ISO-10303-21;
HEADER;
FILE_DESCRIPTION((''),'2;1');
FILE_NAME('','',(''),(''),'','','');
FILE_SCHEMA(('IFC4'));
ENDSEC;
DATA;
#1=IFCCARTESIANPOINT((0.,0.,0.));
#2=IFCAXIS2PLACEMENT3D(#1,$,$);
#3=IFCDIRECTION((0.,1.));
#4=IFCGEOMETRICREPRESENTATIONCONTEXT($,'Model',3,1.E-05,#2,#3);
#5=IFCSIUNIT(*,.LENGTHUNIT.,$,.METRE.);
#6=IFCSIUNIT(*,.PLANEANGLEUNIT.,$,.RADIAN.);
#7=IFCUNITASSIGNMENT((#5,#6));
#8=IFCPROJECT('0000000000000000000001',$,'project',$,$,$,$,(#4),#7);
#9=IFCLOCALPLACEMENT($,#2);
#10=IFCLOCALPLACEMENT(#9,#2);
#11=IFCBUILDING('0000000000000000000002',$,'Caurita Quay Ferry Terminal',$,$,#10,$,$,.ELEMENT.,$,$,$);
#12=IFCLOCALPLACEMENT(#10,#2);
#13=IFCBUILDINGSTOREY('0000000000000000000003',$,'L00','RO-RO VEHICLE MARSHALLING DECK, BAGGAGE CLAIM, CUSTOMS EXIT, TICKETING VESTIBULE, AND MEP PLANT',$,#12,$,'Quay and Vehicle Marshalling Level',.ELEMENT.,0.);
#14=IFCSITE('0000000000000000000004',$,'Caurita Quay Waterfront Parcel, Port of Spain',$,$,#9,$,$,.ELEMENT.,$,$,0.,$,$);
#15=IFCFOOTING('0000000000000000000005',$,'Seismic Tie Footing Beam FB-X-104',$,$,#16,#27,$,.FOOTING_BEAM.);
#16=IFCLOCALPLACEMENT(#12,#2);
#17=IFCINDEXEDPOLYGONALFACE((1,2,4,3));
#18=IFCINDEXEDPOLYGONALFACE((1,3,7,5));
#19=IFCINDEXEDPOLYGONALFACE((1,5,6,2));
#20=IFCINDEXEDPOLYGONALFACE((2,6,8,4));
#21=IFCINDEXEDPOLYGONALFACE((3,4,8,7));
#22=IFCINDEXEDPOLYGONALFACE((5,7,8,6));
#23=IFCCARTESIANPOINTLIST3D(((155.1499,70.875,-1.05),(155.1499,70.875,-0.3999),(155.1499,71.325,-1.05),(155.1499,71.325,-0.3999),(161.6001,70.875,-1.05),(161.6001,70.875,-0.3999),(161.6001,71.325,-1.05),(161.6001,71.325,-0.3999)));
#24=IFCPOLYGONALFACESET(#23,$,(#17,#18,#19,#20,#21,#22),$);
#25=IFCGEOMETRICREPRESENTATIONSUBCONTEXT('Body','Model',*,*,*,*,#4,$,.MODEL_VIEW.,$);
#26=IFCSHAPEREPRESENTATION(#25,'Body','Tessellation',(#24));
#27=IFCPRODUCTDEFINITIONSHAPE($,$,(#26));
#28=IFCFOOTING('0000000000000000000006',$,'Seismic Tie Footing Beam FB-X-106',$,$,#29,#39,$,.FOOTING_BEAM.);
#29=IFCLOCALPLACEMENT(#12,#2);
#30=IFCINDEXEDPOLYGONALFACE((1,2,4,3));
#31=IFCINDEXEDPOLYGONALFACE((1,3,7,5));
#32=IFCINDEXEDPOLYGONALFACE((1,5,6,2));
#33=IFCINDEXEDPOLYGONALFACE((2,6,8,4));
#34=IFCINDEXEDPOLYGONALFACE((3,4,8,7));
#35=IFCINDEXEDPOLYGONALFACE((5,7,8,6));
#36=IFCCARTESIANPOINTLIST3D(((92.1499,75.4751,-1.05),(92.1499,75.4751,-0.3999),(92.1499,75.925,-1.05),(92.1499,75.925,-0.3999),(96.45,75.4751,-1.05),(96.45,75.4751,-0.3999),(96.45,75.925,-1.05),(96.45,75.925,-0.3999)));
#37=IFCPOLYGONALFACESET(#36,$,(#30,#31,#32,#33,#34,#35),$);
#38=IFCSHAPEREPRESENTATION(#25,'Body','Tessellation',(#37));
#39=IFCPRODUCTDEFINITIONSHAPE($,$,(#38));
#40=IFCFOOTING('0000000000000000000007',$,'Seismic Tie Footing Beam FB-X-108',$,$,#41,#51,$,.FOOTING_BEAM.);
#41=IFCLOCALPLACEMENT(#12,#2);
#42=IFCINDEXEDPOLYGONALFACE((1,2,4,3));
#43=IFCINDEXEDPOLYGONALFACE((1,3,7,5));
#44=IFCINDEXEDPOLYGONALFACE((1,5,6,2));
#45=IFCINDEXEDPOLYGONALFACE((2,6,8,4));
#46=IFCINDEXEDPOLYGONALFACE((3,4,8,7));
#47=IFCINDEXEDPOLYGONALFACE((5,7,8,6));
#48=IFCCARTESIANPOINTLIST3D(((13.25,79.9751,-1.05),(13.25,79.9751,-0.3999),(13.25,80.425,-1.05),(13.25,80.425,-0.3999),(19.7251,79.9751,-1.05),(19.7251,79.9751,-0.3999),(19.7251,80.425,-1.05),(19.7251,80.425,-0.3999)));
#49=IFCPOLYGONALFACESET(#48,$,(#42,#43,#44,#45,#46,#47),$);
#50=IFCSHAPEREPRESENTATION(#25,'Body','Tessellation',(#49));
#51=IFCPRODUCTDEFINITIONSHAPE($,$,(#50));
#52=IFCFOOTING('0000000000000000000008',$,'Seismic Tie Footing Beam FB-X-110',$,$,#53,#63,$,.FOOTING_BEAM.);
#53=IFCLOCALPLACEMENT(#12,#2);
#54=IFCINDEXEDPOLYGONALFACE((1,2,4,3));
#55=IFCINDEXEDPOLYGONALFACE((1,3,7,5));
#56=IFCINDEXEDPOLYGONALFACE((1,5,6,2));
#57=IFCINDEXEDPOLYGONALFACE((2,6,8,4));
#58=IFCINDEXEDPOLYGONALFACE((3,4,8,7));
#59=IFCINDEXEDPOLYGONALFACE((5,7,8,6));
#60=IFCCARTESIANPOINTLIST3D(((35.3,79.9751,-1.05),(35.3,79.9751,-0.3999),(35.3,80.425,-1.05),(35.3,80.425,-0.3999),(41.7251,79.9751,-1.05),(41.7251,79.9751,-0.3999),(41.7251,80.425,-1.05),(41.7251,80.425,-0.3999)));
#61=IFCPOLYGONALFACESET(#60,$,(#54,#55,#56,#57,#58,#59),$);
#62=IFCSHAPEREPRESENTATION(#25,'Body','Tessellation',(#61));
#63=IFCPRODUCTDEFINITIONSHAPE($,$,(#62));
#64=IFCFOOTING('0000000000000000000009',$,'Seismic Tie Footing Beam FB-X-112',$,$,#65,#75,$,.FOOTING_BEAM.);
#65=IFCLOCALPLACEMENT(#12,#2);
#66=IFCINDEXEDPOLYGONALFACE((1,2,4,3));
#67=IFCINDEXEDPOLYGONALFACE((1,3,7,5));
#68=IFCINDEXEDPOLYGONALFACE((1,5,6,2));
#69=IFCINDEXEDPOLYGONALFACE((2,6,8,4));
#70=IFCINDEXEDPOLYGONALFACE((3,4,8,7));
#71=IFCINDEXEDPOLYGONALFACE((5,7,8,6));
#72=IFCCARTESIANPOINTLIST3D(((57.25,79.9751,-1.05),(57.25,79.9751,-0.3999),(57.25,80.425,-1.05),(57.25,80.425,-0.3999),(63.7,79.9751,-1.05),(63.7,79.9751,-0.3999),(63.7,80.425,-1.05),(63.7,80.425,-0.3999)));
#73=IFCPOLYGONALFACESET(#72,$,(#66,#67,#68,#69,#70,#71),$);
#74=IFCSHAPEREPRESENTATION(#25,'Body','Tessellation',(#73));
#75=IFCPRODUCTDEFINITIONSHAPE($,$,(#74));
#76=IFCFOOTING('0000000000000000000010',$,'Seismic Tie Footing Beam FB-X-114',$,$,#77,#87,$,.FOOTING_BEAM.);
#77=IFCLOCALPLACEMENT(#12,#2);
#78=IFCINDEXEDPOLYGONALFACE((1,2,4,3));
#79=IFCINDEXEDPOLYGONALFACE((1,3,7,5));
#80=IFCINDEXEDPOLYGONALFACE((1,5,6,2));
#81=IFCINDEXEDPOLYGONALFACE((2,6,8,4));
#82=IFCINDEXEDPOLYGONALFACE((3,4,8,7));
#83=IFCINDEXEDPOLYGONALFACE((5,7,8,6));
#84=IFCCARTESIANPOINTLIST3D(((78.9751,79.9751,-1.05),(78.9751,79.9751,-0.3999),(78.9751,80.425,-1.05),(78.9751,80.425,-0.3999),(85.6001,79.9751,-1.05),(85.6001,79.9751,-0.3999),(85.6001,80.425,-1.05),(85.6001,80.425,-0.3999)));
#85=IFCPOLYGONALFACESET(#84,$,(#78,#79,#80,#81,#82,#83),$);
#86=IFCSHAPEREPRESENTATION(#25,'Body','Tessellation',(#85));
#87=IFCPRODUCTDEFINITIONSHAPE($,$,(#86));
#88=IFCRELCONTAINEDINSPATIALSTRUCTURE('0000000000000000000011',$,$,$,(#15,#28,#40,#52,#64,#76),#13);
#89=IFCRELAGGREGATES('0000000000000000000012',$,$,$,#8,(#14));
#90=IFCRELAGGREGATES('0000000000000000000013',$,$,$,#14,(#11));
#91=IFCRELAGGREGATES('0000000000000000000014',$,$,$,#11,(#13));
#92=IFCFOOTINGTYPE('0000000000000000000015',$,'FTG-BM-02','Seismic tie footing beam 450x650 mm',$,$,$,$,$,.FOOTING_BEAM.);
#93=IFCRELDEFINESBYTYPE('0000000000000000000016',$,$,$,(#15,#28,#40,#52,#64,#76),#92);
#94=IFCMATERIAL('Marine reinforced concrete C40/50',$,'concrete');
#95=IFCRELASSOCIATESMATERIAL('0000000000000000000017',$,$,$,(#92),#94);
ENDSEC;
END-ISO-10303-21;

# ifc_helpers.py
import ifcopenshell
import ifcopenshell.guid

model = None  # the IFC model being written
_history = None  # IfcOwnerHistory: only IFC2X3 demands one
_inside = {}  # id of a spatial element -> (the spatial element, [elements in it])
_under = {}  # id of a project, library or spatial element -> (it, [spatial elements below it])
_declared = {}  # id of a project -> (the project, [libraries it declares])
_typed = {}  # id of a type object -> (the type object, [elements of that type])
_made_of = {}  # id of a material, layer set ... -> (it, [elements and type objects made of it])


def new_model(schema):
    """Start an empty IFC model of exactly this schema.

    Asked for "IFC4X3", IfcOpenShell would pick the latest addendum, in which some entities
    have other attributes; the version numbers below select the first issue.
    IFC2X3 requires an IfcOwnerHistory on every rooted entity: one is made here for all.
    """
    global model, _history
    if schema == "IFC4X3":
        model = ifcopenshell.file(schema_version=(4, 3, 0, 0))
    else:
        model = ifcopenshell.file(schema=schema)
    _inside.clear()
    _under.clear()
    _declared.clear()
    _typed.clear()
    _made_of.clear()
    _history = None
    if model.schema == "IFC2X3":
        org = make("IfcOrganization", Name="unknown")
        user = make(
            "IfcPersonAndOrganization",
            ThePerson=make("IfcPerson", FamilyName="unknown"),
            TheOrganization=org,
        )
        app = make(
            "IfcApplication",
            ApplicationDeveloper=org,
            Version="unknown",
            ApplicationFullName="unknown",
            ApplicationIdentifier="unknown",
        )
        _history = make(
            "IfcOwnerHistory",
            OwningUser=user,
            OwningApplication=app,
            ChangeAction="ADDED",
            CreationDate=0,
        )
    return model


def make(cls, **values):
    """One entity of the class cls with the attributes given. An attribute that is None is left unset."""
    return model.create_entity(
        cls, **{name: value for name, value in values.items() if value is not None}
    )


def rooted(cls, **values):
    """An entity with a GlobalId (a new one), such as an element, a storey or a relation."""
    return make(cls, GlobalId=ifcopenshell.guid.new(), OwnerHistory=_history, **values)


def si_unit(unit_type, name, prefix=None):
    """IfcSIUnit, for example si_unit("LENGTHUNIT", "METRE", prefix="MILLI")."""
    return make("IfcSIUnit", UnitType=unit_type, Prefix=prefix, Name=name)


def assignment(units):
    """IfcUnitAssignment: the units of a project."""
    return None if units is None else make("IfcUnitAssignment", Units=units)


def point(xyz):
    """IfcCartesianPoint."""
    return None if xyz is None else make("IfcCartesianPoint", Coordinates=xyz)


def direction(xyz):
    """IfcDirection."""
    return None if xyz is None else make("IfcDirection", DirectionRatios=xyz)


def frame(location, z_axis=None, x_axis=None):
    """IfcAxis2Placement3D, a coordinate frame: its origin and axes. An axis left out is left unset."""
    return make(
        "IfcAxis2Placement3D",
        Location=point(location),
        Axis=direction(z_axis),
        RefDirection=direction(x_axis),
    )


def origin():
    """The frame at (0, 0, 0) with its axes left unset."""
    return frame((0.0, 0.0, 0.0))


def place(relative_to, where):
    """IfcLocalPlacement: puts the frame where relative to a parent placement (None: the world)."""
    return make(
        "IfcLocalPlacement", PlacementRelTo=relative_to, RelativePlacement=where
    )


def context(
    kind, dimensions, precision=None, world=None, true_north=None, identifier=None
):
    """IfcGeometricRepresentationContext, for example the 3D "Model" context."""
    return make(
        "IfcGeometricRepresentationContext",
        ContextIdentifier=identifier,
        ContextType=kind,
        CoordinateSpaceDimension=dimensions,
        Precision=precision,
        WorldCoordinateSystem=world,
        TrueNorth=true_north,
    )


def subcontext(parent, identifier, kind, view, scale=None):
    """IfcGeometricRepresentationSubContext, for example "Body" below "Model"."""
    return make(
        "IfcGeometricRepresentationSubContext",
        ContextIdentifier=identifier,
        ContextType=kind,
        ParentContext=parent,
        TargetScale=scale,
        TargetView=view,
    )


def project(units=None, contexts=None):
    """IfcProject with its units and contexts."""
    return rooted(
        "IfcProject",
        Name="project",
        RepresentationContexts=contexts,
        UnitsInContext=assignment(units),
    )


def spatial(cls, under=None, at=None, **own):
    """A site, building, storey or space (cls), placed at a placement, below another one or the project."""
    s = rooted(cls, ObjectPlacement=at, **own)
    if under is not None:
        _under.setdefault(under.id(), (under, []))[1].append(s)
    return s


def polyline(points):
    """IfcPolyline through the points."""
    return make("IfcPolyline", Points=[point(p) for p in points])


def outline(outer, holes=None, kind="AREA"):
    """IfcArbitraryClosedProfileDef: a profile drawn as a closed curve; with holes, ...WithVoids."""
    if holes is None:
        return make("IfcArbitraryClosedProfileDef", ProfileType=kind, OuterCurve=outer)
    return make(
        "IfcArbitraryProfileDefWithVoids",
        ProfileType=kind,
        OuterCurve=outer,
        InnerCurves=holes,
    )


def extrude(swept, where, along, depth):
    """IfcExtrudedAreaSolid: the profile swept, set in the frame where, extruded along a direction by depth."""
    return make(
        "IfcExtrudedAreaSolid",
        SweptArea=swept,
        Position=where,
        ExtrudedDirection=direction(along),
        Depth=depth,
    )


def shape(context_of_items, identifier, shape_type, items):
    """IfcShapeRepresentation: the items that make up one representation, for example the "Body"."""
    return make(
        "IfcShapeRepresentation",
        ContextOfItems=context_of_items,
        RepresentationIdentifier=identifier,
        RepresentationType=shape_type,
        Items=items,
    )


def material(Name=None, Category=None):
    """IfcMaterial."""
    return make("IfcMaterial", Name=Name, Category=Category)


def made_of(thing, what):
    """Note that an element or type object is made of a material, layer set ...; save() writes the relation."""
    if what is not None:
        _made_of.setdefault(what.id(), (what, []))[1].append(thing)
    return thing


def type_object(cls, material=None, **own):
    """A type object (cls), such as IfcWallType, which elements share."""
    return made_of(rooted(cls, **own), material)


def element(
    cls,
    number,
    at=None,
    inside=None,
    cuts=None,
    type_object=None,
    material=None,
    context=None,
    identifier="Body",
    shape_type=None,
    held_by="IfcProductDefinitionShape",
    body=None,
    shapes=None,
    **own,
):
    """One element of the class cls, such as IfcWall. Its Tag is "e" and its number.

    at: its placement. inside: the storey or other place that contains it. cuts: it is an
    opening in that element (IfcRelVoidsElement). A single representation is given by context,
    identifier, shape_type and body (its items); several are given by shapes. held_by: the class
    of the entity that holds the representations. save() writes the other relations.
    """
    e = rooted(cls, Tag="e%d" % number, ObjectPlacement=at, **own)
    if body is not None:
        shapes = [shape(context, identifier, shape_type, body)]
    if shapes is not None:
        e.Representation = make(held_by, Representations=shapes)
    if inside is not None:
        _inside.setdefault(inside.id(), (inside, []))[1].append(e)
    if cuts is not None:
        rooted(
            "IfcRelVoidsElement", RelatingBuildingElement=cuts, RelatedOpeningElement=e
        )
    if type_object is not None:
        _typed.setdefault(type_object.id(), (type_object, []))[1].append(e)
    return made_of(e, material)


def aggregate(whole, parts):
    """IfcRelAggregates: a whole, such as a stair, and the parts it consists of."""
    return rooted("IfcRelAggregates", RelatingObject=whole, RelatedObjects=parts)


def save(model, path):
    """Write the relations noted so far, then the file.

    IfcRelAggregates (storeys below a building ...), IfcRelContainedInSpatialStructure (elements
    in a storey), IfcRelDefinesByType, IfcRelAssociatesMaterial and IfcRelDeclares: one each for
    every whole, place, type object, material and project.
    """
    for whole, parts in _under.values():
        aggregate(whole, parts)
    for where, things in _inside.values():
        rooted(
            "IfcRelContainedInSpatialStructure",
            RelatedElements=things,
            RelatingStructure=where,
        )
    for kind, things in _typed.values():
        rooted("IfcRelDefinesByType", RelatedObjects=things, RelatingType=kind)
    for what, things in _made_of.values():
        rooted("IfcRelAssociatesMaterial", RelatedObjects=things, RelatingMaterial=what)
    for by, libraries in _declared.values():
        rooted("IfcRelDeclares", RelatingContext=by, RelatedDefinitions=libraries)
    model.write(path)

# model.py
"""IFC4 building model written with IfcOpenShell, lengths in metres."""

from ifc_helpers import new_model, si_unit, direction, frame, origin, place, context, subcontext, project, spatial, polyline, outline, extrude, material, type_object, element, save


model = new_model("IFC4")

# Units and contexts
model_context = context("Model", 3, precision=1e-05, world=origin(), true_north=direction((0.0, 1.0)))
body_context = subcontext(model_context, "Body", "Model", "MODEL_VIEW")
ifc_project = project(units=[si_unit("LENGTHUNIT", "METRE"), si_unit("PLANEANGLEUNIT", "RADIAN")], contexts=[model_context])

# Site, building, storey
site_placement = place(None, origin())
site = spatial("IfcSite", under=ifc_project, at=site_placement, Name="Caurita Quay Waterfront Parcel, Port of Spain", CompositionType="ELEMENT", RefElevation=0.0)
building_placement = place(site_placement, origin())
building = spatial("IfcBuilding", under=site, at=building_placement, Name="Caurita Quay Ferry Terminal", CompositionType="ELEMENT")
storey_placement = place(building_placement, origin())
storey = spatial("IfcBuildingStorey", under=building, at=storey_placement, Name="L00", Description="RO-RO VEHICLE MARSHALLING DECK, BAGGAGE CLAIM, CUSTOMS EXIT, TICKETING VESTIBULE, AND MEP PLANT", LongName="Quay and Vehicle Marshalling Level", CompositionType="ELEMENT", Elevation=0.0)

# Footings
ifc_material = material(Name="Marine reinforced concrete C40/50", Category="concrete")
footing_type = type_object("IfcFootingType", Name="FTG-BM-02", Description="Seismic tie footing beam 450x650 mm", PredefinedType="FOOTING_BEAM", material=ifc_material)
footing_1_placement = place(storey_placement, frame((0.0, 0.0, -1.05)))
element("IfcFooting", 1, at=footing_1_placement, inside=storey, type_object=footing_type, Name="Seismic Tie Footing Beam FB-X-104", PredefinedType="FOOTING_BEAM", context=body_context, shape_type="SweptSolid", body=[
    extrude(outline(polyline([(155.1499, 70.875), (161.6001, 70.875), (161.6001, 71.325), (155.1499, 71.325), (155.1499, 70.875)])), origin(), (0.0, 0.0, 1.0), 0.6501),
])
footing_2_placement = place(storey_placement, frame((0.0, 0.0, -1.05)))
element("IfcFooting", 2, at=footing_2_placement, inside=storey, type_object=footing_type, Name="Seismic Tie Footing Beam FB-X-106", PredefinedType="FOOTING_BEAM", context=body_context, shape_type="SweptSolid", body=[
    extrude(outline(polyline([(92.1499, 75.4751), (96.45, 75.4751), (96.45, 75.925), (92.1499, 75.925), (92.1499, 75.4751)])), origin(), (0.0, 0.0, 1.0), 0.6501),
])
footing_3_placement = place(storey_placement, frame((0.0, 0.0, -1.05)))
element("IfcFooting", 3, at=footing_3_placement, inside=storey, type_object=footing_type, Name="Seismic Tie Footing Beam FB-X-108", PredefinedType="FOOTING_BEAM", context=body_context, shape_type="SweptSolid", body=[
    extrude(outline(polyline([(13.25, 79.9751), (19.7251, 79.9751), (19.7251, 80.425), (13.25, 80.425), (13.25, 79.9751)])), origin(), (0.0, 0.0, 1.0), 0.6501),
])
footing_4_placement = place(storey_placement, frame((0.0, 0.0, -1.05)))
element("IfcFooting", 4, at=footing_4_placement, inside=storey, type_object=footing_type, Name="Seismic Tie Footing Beam FB-X-110", PredefinedType="FOOTING_BEAM", context=body_context, shape_type="SweptSolid", body=[
    extrude(outline(polyline([(35.3, 79.9751), (41.7251, 79.9751), (41.7251, 80.425), (35.3, 80.425), (35.3, 79.9751)])), origin(), (0.0, 0.0, 1.0), 0.6501),
])
footing_5_placement = place(storey_placement, frame((0.0, 0.0, -1.05)))
element("IfcFooting", 5, at=footing_5_placement, inside=storey, type_object=footing_type, Name="Seismic Tie Footing Beam FB-X-112", PredefinedType="FOOTING_BEAM", context=body_context, shape_type="SweptSolid", body=[
    extrude(outline(polyline([(57.25, 79.9751), (63.7, 79.9751), (63.7, 80.425), (57.25, 80.425), (57.25, 79.9751)])), origin(), (0.0, 0.0, 1.0), 0.6501),
])
footing_6_placement = place(storey_placement, frame((0.0, 0.0, -1.05)))
element("IfcFooting", 6, at=footing_6_placement, inside=storey, type_object=footing_type, Name="Seismic Tie Footing Beam FB-X-114", PredefinedType="FOOTING_BEAM", context=body_context, shape_type="SweptSolid", body=[
    extrude(outline(polyline([(78.9751, 79.9751), (85.6001, 79.9751), (85.6001, 80.425), (78.9751, 80.425), (78.9751, 79.9751)])), origin(), (0.0, 0.0, 1.0), 0.6501),
])

save(model, "model.ifc")
